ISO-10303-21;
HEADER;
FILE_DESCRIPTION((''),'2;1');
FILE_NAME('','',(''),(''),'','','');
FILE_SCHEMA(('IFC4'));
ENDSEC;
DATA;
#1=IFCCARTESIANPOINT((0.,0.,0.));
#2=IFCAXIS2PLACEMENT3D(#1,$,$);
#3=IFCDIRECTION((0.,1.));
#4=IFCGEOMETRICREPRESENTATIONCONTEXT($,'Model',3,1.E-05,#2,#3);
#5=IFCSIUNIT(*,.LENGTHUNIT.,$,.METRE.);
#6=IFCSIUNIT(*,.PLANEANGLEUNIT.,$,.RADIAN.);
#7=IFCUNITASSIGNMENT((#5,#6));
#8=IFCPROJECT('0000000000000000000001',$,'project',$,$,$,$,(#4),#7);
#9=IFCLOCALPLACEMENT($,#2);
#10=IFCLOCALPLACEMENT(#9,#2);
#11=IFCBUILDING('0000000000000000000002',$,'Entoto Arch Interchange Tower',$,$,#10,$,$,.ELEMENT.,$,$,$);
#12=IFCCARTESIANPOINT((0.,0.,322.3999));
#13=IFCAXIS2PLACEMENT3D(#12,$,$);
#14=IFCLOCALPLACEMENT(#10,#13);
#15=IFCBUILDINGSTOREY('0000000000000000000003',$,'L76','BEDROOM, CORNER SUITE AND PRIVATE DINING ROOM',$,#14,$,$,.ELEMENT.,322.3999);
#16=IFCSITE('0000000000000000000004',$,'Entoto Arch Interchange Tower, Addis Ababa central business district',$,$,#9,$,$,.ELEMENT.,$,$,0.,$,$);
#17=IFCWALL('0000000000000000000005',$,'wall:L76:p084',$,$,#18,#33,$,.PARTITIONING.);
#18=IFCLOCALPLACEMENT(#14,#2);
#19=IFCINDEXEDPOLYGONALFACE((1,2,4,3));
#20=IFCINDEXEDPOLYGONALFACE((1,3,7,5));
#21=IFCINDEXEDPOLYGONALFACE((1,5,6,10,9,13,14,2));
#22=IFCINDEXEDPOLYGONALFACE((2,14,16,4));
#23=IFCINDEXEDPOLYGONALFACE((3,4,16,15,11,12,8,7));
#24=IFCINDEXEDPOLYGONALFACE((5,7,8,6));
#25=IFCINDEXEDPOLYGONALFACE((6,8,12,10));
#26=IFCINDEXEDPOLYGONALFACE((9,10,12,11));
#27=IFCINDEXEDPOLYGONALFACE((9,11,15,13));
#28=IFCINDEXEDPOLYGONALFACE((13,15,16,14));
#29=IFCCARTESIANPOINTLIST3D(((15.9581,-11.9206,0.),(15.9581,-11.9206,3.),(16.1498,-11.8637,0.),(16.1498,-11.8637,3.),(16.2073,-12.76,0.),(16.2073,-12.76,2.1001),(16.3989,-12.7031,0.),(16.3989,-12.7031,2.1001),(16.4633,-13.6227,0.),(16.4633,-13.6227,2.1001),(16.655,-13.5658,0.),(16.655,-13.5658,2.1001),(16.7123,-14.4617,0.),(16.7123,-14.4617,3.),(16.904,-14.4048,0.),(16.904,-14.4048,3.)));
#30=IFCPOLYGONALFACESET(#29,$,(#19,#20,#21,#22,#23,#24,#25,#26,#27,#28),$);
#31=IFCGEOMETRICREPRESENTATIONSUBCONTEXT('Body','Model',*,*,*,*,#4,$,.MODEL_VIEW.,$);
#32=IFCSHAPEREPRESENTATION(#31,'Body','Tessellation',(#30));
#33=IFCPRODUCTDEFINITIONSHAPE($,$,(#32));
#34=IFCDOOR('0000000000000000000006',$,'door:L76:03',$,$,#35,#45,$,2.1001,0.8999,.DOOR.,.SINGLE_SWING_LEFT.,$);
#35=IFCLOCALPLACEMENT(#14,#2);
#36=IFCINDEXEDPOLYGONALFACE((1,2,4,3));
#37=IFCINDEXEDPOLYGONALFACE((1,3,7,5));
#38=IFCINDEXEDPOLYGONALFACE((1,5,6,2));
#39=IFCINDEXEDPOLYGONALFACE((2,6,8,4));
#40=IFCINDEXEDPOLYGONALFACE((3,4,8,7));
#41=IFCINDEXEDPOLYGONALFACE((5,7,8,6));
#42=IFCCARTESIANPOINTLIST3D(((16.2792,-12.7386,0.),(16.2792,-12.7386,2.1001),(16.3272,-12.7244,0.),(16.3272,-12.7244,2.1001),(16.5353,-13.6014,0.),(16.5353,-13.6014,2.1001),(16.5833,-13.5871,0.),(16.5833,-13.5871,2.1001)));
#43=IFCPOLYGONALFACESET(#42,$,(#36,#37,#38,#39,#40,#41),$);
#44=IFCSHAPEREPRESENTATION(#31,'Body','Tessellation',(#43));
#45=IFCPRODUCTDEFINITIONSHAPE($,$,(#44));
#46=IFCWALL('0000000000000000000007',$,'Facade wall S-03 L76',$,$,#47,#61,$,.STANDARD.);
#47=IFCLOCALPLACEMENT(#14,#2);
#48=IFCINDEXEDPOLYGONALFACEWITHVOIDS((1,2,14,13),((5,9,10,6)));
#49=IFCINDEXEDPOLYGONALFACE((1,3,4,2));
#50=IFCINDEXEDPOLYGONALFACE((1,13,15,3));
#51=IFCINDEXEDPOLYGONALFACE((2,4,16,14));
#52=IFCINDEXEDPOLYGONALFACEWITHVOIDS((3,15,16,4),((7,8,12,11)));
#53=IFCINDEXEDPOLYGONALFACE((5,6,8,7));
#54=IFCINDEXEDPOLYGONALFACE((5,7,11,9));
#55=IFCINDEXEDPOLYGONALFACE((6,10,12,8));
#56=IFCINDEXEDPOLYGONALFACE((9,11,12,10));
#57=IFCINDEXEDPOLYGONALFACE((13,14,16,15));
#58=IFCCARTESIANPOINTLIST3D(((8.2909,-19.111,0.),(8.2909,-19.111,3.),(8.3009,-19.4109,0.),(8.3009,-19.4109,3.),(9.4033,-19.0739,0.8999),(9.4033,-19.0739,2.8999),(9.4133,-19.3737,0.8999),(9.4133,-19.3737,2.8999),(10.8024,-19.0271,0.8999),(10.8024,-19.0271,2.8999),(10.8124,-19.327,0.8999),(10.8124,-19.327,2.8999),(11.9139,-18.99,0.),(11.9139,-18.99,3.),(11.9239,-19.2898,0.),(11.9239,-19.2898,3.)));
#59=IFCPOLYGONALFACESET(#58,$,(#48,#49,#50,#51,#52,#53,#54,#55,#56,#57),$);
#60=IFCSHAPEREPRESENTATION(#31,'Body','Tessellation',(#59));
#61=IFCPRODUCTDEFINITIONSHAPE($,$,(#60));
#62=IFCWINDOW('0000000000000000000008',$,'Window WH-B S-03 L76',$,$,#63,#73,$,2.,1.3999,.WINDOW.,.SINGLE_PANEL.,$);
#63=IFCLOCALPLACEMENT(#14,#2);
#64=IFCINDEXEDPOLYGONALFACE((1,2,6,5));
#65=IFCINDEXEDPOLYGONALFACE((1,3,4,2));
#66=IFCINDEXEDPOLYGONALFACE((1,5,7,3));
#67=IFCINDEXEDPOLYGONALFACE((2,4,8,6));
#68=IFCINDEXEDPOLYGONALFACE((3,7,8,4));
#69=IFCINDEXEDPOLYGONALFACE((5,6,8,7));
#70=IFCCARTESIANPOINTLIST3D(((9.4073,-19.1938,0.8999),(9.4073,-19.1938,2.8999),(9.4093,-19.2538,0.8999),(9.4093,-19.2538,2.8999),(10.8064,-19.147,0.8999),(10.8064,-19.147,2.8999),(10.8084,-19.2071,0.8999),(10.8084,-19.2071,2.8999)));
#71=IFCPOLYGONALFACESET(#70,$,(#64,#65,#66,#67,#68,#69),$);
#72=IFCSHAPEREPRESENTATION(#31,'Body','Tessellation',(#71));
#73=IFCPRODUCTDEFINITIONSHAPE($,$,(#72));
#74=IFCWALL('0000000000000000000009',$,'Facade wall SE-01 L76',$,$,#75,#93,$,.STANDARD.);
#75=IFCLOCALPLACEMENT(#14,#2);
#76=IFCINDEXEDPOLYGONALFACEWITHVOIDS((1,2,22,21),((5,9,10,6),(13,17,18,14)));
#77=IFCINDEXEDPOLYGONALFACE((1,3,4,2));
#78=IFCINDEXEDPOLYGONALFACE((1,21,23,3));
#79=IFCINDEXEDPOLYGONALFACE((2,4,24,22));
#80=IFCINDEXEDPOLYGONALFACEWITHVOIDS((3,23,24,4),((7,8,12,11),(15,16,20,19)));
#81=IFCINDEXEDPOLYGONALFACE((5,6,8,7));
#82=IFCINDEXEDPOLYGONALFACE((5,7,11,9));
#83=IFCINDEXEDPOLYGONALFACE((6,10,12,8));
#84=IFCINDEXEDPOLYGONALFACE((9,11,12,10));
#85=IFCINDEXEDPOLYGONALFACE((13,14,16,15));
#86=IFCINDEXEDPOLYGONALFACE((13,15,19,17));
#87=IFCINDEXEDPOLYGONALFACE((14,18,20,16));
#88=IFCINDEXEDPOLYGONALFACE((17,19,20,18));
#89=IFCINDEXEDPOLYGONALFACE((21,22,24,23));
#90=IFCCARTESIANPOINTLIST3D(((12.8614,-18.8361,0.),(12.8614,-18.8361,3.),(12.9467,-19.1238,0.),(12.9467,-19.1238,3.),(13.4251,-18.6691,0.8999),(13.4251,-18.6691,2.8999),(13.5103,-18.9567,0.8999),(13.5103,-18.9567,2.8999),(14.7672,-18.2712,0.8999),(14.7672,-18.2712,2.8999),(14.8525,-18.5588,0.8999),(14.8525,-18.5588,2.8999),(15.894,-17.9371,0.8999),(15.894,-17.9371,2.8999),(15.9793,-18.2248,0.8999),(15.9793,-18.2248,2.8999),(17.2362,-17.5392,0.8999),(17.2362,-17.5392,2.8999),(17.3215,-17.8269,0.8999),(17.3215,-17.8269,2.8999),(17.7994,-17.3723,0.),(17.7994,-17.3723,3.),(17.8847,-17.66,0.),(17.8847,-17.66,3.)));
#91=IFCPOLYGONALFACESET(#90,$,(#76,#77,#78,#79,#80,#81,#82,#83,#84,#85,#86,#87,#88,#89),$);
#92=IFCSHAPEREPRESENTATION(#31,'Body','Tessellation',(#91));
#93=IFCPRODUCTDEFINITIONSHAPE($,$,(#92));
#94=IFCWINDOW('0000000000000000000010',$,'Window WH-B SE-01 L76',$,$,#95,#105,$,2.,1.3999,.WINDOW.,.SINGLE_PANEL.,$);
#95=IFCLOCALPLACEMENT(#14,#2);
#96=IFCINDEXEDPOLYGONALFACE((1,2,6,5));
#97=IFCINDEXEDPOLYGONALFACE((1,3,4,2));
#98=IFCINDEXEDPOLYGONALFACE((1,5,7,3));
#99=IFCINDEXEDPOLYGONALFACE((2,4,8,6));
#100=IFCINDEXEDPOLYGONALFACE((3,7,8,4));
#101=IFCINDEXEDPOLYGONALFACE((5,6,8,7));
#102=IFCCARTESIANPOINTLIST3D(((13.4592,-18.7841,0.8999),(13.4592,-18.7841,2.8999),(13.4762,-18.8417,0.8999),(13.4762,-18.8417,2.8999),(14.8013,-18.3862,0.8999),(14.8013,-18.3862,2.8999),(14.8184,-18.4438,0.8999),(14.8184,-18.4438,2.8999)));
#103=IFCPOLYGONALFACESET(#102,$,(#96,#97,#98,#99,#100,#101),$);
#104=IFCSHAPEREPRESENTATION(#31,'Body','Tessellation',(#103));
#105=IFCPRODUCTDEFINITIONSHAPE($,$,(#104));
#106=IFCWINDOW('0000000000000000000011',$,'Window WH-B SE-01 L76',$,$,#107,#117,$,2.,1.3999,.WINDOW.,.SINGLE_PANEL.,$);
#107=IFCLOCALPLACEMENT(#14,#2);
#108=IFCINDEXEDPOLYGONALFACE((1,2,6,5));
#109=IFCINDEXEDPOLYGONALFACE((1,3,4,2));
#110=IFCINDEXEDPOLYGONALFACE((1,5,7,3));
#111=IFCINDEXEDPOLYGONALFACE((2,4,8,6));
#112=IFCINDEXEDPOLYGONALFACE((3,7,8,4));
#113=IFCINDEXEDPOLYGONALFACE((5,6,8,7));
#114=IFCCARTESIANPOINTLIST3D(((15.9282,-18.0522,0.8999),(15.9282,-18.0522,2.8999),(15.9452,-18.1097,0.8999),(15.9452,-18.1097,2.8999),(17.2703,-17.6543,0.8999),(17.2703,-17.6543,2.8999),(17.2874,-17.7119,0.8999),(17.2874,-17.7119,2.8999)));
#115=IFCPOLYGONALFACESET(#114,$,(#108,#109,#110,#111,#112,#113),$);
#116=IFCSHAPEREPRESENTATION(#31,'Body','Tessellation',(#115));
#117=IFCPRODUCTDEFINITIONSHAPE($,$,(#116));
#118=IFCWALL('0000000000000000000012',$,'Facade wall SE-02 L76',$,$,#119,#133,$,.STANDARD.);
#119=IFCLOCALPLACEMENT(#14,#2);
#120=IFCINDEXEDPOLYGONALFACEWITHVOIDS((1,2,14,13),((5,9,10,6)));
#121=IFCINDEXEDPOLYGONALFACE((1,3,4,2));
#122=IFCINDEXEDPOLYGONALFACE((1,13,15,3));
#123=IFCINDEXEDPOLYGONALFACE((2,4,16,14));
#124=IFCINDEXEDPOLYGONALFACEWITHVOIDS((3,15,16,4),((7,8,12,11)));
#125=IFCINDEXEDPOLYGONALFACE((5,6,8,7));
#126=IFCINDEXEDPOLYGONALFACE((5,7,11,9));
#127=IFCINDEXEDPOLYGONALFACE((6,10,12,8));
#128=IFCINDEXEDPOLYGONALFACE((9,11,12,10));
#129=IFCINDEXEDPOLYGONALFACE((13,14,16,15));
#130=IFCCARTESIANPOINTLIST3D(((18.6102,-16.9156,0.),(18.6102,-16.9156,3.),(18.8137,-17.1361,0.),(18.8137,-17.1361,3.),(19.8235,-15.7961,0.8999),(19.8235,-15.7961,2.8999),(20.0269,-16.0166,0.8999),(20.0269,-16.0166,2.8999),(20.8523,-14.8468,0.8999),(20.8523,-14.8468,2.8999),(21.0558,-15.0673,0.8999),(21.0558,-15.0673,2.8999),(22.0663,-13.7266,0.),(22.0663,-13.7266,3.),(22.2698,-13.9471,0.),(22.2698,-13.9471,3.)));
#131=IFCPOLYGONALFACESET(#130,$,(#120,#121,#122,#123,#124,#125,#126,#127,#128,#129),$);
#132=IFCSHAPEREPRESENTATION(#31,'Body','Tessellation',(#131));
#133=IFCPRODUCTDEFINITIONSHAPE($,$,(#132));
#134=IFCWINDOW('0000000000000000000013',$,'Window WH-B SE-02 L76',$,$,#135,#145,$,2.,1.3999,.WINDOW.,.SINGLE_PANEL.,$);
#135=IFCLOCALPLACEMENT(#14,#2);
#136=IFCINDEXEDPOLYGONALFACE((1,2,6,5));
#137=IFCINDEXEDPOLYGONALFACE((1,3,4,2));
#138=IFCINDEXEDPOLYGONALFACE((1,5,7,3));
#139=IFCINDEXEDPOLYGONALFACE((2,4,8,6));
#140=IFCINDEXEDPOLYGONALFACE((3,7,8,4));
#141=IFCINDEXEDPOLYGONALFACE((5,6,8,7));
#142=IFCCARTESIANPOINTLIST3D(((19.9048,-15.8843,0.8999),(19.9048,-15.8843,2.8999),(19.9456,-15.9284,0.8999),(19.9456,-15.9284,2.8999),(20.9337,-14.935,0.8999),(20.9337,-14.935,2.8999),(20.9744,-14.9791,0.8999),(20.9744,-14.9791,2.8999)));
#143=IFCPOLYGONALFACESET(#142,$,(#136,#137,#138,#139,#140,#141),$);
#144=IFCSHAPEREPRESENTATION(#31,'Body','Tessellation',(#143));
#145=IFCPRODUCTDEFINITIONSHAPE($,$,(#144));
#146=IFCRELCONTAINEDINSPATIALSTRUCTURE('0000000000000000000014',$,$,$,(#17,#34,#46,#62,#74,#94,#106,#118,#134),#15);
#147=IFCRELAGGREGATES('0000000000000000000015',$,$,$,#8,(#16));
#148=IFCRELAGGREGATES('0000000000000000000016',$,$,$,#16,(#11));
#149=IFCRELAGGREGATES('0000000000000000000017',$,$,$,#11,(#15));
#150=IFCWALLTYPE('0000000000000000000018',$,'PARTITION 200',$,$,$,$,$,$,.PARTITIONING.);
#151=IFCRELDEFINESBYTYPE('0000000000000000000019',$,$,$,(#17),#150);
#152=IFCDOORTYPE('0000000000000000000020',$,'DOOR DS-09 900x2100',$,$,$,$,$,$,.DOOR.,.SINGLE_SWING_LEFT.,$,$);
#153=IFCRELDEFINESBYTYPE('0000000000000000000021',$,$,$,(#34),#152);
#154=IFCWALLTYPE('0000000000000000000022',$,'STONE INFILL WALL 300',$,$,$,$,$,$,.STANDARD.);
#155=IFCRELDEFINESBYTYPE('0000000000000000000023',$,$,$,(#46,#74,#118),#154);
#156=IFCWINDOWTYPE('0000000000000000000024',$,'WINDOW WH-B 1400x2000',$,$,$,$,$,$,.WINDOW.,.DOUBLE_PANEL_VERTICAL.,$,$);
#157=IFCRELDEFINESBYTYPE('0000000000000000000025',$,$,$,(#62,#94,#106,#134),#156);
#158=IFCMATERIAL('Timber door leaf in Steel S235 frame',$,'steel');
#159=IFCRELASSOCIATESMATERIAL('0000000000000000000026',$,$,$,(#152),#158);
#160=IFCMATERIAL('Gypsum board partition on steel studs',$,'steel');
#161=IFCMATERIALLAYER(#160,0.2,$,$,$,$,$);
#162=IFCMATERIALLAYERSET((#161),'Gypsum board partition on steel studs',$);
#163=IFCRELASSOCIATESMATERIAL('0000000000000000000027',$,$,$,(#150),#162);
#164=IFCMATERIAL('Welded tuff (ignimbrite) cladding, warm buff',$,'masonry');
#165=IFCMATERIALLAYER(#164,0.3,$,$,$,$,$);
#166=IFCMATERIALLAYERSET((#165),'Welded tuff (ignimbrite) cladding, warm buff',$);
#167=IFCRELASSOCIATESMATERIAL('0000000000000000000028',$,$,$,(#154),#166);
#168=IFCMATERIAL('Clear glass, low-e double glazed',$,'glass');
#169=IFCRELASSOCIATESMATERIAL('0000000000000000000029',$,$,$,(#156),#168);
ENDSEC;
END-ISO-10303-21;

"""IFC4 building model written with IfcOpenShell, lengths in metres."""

from ifc_helpers import new_model, si_unit, direction, frame, frame_2d, origin, place, context, subcontext, project, spatial, rectangle, extrude, material, layer, layer_set, type_object, element, fill, save


model = new_model("IFC4")

# Units and contexts
model_context = context("Model", 3, precision=1e-05, world=origin(), true_north=direction((0.0, 1.0)))
body_context = subcontext(model_context, "Body", "Model", "MODEL_VIEW")
ifc_project = project(units=[si_unit("LENGTHUNIT", "METRE"), si_unit("PLANEANGLEUNIT", "RADIAN")], contexts=[model_context])

# Site, building, storey
site_placement = place(None, origin())
site = spatial("IfcSite", under=ifc_project, at=site_placement, Name="Entoto Arch Interchange Tower, Addis Ababa central business district", CompositionType="ELEMENT", RefElevation=0.0)
building_placement = place(site_placement, origin())
building = spatial("IfcBuilding", under=site, at=building_placement, Name="Entoto Arch Interchange Tower", CompositionType="ELEMENT")
storey_placement = place(building_placement, frame((0.0, 0.0, 322.3999)))
storey = spatial("IfcBuildingStorey", under=building, at=storey_placement, Name="L76", Description="BEDROOM, CORNER SUITE AND PRIVATE DINING ROOM", CompositionType="ELEMENT", Elevation=322.3999)

# Shared definitions
ifc_material_1 = material(Name="Gypsum board partition on steel studs", Category="steel")
ifc_material_2 = material(Name="Timber door leaf in Steel S235 frame", Category="steel")
door_type_1 = type_object("IfcDoorType", Name="DOOR DS-09 900x2100", OperationType="SINGLE_SWING_LEFT", PredefinedType="DOOR", material=ifc_material_2)

# Shared definitions
ifc_layer_1 = layer(ifc_material_1, 0.2)
ifc_layer_set_1 = layer_set([ifc_layer_1], Name="Gypsum board partition on steel studs")
wall_type_1 = type_object("IfcWallType", Name="PARTITION 200", PredefinedType="PARTITIONING", material=ifc_layer_set_1)

# Wall, opening, door
wall_1_placement = place(storey_placement, frame((16.8081, -14.4331, 0.0), z_axis=(0.0, 0.0, 1.0), x_axis=(-0.284524, 0.958669, 0.0)))
wall_1 = element("IfcWall", 1, at=wall_1_placement, inside=storey, type_object=wall_type_1, Name="wall:L76:p084", PredefinedType="PARTITIONING", context=body_context, shape_type="SweptSolid", body=[
    extrude(rectangle(XDim=2.6506, YDim=0.2, at=frame_2d((1.3252, 0.0))), origin(), (0.0, 0.0, 1.0), 3.0),
])
opening_1_placement = place(wall_1_placement, frame((0.875, 0.0, 0.0)))
opening_1 = element("IfcOpeningElement", 2, at=opening_1_placement, cuts=wall_1, PredefinedType="OPENING", context=body_context, shape_type="SweptSolid", body=[
    extrude(rectangle(XDim=0.8999, YDim=2.1001, at=frame_2d((0.45, 1.05))), frame((0.0, 0.1099, 0.0), z_axis=(0.0, -1.0, 0.0), x_axis=(1.0, 0.0, 0.0)), (0.0, 0.0, 1.0), 0.22),
])
door_1_placement = place(opening_1_placement, origin())
door_1 = element("IfcDoor", 3, at=door_1_placement, inside=storey, type_object=door_type_1, Name="door:L76:03", OperationType="SINGLE_SWING_LEFT", OverallHeight=2.1001, OverallWidth=0.8999, PredefinedType="DOOR", context=body_context, shape_type="SweptSolid", body=[
    extrude(rectangle(XDim=0.8999, YDim=2.1001, at=frame_2d((0.45, 1.05))), frame((0.0, 0.0249, 0.0), z_axis=(0.0, -1.0, 0.0), x_axis=(1.0, 0.0, 0.0)), (0.0, 0.0, 1.0), 0.05),
])
fill(opening_1, door_1)

# Wall, opening, window
ifc_material_3 = material(Name="Welded tuff (ignimbrite) cladding, warm buff", Category="masonry")
ifc_layer_2 = layer(ifc_material_3, 0.3)
ifc_layer_set_2 = layer_set([ifc_layer_2], Name="Welded tuff (ignimbrite) cladding, warm buff")
wall_type_2 = type_object("IfcWallType", Name="STONE INFILL WALL 300", PredefinedType="STANDARD", material=ifc_layer_set_2)
wall_2_placement = place(storey_placement, frame((8.2959, -19.261, 0.0), z_axis=(0.0, 0.0, 1.0), x_axis=(0.999442, 0.033405, 0.0)))
wall_2 = element("IfcWall", 4, at=wall_2_placement, inside=storey, type_object=wall_type_2, Name="Facade wall S-03 L76", PredefinedType="STANDARD", context=body_context, shape_type="SweptSolid", body=[
    extrude(rectangle(XDim=3.625, YDim=0.3, at=frame_2d((1.8125, 0.0))), origin(), (0.0, 0.0, 1.0), 3.0),
])
opening_2_placement = place(wall_2_placement, frame((1.113, 0.0, 0.8999)))
opening_2 = element("IfcOpeningElement", 5, at=opening_2_placement, cuts=wall_2, PredefinedType="OPENING", context=body_context, shape_type="SweptSolid", body=[
    extrude(rectangle(XDim=1.3999, YDim=2.0, at=frame_2d((0.7, 1.0))), frame((0.0, 0.1602, 0.0), z_axis=(0.0, -1.0, 0.0), x_axis=(1.0, 0.0, 0.0)), (0.0, 0.0, 1.0), 0.3201),
])
ifc_material_4 = material(Name="Clear glass, low-e double glazed", Category="glass")
window_type = type_object("IfcWindowType", Name="WINDOW WH-B 1400x2000", PartitioningType="DOUBLE_PANEL_VERTICAL", PredefinedType="WINDOW", material=ifc_material_4)
window_1_placement = place(opening_2_placement, origin())
window_1 = element("IfcWindow", 6, at=window_1_placement, inside=storey, type_object=window_type, Name="Window WH-B S-03 L76", OverallHeight=2.0, OverallWidth=1.3999, PartitioningType="SINGLE_PANEL", PredefinedType="WINDOW", context=body_context, shape_type="SweptSolid", body=[
    extrude(rectangle(XDim=1.3999, YDim=2.0, at=frame_2d((0.7, 1.0))), frame((0.0, 0.03, 0.0), z_axis=(0.0, -1.0, 0.0), x_axis=(1.0, 0.0, 0.0)), (0.0, 0.0, 1.0), 0.0601),
])
fill(opening_2, window_1)

# Wall, openings, windows
wall_3_placement = place(storey_placement, frame((12.9041, -18.98, 0.0), z_axis=(0.0, 0.0, 1.0), x_axis=(0.958758, 0.284224, 0.0)))
wall_3 = element("IfcWall", 7, at=wall_3_placement, inside=storey, type_object=wall_type_2, Name="Facade wall SE-01 L76", PredefinedType="STANDARD", context=body_context, shape_type="SweptSolid", body=[
    extrude(rectangle(XDim=5.1504, YDim=0.3, at=frame_2d((2.5752, 0.0))), origin(), (0.0, 0.0, 1.0), 3.0),
])
opening_3_placement = place(wall_3_placement, frame((0.5879, 0.0, 0.8999)))
opening_3 = element("IfcOpeningElement", 8, at=opening_3_placement, cuts=wall_3, PredefinedType="OPENING", context=body_context, shape_type="SweptSolid", body=[
    extrude(rectangle(XDim=1.3999, YDim=2.0, at=frame_2d((0.7, 1.0))), frame((0.0, 0.1602, 0.0), z_axis=(0.0, -1.0, 0.0), x_axis=(1.0, 0.0, 0.0)), (0.0, 0.0, 1.0), 0.3201),
])
opening_4_placement = place(wall_3_placement, frame((3.1631, 0.0, 0.8999)))
opening_4 = element("IfcOpeningElement", 9, at=opening_4_placement, cuts=wall_3, PredefinedType="OPENING", context=body_context, shape_type="SweptSolid", body=[
    extrude(rectangle(XDim=1.3999, YDim=2.0, at=frame_2d((0.7, 1.0))), frame((0.0, 0.1602, 0.0), z_axis=(0.0, -1.0, 0.0), x_axis=(1.0, 0.0, 0.0)), (0.0, 0.0, 1.0), 0.3201),
])
window_2_placement = place(opening_3_placement, origin())
window_2 = element("IfcWindow", 10, at=window_2_placement, inside=storey, type_object=window_type, Name="Window WH-B SE-01 L76", OverallHeight=2.0, OverallWidth=1.3999, PartitioningType="SINGLE_PANEL", PredefinedType="WINDOW", context=body_context, shape_type="SweptSolid", body=[
    extrude(rectangle(XDim=1.3999, YDim=2.0, at=frame_2d((0.7, 1.0))), frame((0.0, 0.03, 0.0), z_axis=(0.0, -1.0, 0.0), x_axis=(1.0, 0.0, 0.0)), (0.0, 0.0, 1.0), 0.0601),
])
fill(opening_3, window_2)
window_3_placement = place(opening_4_placement, origin())
window_3 = element("IfcWindow", 11, at=window_3_placement, inside=storey, type_object=window_type, Name="Window WH-B SE-01 L76", OverallHeight=2.0, OverallWidth=1.3999, PartitioningType="SINGLE_PANEL", PredefinedType="WINDOW", context=body_context, shape_type="SweptSolid", body=[
    extrude(rectangle(XDim=1.3999, YDim=2.0, at=frame_2d((0.7, 1.0))), frame((0.0, 0.03, 0.0), z_axis=(0.0, -1.0, 0.0), x_axis=(1.0, 0.0, 0.0)), (0.0, 0.0, 1.0), 0.0601),
])
fill(opening_4, window_3)

# Wall, opening, window
wall_4_placement = place(storey_placement, frame((18.7119, -17.0259, 0.0), z_axis=(0.0, 0.0, 1.0), x_axis=(0.734935, 0.678138, 0.0)))
wall_4 = element("IfcWall", 12, at=wall_4_placement, inside=storey, type_object=wall_type_2, Name="Facade wall SE-02 L76", PredefinedType="STANDARD", context=body_context, shape_type="SweptSolid", body=[
    extrude(rectangle(XDim=4.7026, YDim=0.3, at=frame_2d((2.3513, 0.0))), origin(), (0.0, 0.0, 1.0), 3.0),
])
opening_5_placement = place(wall_4_placement, frame((1.6509, 0.0, 0.8999)))
opening_5 = element("IfcOpeningElement", 13, at=opening_5_placement, cuts=wall_4, PredefinedType="OPENING", context=body_context, shape_type="SweptSolid", body=[
    extrude(rectangle(XDim=1.3999, YDim=2.0, at=frame_2d((0.7, 1.0))), frame((0.0, 0.1602, 0.0), z_axis=(0.0, -1.0, 0.0), x_axis=(1.0, 0.0, 0.0)), (0.0, 0.0, 1.0), 0.3201),
])
window_4_placement = place(opening_5_placement, origin())
window_4 = element("IfcWindow", 14, at=window_4_placement, inside=storey, type_object=window_type, Name="Window WH-B SE-02 L76", OverallHeight=2.0, OverallWidth=1.3999, PartitioningType="SINGLE_PANEL", PredefinedType="WINDOW", context=body_context, shape_type="SweptSolid", body=[
    extrude(rectangle(XDim=1.3999, YDim=2.0, at=frame_2d((0.7, 1.0))), frame((0.0, 0.03, 0.0), z_axis=(0.0, -1.0, 0.0), x_axis=(1.0, 0.0, 0.0)), (0.0, 0.0, 1.0), 0.0601),
])
fill(opening_5, window_4)

save(model, "model.ifc")
